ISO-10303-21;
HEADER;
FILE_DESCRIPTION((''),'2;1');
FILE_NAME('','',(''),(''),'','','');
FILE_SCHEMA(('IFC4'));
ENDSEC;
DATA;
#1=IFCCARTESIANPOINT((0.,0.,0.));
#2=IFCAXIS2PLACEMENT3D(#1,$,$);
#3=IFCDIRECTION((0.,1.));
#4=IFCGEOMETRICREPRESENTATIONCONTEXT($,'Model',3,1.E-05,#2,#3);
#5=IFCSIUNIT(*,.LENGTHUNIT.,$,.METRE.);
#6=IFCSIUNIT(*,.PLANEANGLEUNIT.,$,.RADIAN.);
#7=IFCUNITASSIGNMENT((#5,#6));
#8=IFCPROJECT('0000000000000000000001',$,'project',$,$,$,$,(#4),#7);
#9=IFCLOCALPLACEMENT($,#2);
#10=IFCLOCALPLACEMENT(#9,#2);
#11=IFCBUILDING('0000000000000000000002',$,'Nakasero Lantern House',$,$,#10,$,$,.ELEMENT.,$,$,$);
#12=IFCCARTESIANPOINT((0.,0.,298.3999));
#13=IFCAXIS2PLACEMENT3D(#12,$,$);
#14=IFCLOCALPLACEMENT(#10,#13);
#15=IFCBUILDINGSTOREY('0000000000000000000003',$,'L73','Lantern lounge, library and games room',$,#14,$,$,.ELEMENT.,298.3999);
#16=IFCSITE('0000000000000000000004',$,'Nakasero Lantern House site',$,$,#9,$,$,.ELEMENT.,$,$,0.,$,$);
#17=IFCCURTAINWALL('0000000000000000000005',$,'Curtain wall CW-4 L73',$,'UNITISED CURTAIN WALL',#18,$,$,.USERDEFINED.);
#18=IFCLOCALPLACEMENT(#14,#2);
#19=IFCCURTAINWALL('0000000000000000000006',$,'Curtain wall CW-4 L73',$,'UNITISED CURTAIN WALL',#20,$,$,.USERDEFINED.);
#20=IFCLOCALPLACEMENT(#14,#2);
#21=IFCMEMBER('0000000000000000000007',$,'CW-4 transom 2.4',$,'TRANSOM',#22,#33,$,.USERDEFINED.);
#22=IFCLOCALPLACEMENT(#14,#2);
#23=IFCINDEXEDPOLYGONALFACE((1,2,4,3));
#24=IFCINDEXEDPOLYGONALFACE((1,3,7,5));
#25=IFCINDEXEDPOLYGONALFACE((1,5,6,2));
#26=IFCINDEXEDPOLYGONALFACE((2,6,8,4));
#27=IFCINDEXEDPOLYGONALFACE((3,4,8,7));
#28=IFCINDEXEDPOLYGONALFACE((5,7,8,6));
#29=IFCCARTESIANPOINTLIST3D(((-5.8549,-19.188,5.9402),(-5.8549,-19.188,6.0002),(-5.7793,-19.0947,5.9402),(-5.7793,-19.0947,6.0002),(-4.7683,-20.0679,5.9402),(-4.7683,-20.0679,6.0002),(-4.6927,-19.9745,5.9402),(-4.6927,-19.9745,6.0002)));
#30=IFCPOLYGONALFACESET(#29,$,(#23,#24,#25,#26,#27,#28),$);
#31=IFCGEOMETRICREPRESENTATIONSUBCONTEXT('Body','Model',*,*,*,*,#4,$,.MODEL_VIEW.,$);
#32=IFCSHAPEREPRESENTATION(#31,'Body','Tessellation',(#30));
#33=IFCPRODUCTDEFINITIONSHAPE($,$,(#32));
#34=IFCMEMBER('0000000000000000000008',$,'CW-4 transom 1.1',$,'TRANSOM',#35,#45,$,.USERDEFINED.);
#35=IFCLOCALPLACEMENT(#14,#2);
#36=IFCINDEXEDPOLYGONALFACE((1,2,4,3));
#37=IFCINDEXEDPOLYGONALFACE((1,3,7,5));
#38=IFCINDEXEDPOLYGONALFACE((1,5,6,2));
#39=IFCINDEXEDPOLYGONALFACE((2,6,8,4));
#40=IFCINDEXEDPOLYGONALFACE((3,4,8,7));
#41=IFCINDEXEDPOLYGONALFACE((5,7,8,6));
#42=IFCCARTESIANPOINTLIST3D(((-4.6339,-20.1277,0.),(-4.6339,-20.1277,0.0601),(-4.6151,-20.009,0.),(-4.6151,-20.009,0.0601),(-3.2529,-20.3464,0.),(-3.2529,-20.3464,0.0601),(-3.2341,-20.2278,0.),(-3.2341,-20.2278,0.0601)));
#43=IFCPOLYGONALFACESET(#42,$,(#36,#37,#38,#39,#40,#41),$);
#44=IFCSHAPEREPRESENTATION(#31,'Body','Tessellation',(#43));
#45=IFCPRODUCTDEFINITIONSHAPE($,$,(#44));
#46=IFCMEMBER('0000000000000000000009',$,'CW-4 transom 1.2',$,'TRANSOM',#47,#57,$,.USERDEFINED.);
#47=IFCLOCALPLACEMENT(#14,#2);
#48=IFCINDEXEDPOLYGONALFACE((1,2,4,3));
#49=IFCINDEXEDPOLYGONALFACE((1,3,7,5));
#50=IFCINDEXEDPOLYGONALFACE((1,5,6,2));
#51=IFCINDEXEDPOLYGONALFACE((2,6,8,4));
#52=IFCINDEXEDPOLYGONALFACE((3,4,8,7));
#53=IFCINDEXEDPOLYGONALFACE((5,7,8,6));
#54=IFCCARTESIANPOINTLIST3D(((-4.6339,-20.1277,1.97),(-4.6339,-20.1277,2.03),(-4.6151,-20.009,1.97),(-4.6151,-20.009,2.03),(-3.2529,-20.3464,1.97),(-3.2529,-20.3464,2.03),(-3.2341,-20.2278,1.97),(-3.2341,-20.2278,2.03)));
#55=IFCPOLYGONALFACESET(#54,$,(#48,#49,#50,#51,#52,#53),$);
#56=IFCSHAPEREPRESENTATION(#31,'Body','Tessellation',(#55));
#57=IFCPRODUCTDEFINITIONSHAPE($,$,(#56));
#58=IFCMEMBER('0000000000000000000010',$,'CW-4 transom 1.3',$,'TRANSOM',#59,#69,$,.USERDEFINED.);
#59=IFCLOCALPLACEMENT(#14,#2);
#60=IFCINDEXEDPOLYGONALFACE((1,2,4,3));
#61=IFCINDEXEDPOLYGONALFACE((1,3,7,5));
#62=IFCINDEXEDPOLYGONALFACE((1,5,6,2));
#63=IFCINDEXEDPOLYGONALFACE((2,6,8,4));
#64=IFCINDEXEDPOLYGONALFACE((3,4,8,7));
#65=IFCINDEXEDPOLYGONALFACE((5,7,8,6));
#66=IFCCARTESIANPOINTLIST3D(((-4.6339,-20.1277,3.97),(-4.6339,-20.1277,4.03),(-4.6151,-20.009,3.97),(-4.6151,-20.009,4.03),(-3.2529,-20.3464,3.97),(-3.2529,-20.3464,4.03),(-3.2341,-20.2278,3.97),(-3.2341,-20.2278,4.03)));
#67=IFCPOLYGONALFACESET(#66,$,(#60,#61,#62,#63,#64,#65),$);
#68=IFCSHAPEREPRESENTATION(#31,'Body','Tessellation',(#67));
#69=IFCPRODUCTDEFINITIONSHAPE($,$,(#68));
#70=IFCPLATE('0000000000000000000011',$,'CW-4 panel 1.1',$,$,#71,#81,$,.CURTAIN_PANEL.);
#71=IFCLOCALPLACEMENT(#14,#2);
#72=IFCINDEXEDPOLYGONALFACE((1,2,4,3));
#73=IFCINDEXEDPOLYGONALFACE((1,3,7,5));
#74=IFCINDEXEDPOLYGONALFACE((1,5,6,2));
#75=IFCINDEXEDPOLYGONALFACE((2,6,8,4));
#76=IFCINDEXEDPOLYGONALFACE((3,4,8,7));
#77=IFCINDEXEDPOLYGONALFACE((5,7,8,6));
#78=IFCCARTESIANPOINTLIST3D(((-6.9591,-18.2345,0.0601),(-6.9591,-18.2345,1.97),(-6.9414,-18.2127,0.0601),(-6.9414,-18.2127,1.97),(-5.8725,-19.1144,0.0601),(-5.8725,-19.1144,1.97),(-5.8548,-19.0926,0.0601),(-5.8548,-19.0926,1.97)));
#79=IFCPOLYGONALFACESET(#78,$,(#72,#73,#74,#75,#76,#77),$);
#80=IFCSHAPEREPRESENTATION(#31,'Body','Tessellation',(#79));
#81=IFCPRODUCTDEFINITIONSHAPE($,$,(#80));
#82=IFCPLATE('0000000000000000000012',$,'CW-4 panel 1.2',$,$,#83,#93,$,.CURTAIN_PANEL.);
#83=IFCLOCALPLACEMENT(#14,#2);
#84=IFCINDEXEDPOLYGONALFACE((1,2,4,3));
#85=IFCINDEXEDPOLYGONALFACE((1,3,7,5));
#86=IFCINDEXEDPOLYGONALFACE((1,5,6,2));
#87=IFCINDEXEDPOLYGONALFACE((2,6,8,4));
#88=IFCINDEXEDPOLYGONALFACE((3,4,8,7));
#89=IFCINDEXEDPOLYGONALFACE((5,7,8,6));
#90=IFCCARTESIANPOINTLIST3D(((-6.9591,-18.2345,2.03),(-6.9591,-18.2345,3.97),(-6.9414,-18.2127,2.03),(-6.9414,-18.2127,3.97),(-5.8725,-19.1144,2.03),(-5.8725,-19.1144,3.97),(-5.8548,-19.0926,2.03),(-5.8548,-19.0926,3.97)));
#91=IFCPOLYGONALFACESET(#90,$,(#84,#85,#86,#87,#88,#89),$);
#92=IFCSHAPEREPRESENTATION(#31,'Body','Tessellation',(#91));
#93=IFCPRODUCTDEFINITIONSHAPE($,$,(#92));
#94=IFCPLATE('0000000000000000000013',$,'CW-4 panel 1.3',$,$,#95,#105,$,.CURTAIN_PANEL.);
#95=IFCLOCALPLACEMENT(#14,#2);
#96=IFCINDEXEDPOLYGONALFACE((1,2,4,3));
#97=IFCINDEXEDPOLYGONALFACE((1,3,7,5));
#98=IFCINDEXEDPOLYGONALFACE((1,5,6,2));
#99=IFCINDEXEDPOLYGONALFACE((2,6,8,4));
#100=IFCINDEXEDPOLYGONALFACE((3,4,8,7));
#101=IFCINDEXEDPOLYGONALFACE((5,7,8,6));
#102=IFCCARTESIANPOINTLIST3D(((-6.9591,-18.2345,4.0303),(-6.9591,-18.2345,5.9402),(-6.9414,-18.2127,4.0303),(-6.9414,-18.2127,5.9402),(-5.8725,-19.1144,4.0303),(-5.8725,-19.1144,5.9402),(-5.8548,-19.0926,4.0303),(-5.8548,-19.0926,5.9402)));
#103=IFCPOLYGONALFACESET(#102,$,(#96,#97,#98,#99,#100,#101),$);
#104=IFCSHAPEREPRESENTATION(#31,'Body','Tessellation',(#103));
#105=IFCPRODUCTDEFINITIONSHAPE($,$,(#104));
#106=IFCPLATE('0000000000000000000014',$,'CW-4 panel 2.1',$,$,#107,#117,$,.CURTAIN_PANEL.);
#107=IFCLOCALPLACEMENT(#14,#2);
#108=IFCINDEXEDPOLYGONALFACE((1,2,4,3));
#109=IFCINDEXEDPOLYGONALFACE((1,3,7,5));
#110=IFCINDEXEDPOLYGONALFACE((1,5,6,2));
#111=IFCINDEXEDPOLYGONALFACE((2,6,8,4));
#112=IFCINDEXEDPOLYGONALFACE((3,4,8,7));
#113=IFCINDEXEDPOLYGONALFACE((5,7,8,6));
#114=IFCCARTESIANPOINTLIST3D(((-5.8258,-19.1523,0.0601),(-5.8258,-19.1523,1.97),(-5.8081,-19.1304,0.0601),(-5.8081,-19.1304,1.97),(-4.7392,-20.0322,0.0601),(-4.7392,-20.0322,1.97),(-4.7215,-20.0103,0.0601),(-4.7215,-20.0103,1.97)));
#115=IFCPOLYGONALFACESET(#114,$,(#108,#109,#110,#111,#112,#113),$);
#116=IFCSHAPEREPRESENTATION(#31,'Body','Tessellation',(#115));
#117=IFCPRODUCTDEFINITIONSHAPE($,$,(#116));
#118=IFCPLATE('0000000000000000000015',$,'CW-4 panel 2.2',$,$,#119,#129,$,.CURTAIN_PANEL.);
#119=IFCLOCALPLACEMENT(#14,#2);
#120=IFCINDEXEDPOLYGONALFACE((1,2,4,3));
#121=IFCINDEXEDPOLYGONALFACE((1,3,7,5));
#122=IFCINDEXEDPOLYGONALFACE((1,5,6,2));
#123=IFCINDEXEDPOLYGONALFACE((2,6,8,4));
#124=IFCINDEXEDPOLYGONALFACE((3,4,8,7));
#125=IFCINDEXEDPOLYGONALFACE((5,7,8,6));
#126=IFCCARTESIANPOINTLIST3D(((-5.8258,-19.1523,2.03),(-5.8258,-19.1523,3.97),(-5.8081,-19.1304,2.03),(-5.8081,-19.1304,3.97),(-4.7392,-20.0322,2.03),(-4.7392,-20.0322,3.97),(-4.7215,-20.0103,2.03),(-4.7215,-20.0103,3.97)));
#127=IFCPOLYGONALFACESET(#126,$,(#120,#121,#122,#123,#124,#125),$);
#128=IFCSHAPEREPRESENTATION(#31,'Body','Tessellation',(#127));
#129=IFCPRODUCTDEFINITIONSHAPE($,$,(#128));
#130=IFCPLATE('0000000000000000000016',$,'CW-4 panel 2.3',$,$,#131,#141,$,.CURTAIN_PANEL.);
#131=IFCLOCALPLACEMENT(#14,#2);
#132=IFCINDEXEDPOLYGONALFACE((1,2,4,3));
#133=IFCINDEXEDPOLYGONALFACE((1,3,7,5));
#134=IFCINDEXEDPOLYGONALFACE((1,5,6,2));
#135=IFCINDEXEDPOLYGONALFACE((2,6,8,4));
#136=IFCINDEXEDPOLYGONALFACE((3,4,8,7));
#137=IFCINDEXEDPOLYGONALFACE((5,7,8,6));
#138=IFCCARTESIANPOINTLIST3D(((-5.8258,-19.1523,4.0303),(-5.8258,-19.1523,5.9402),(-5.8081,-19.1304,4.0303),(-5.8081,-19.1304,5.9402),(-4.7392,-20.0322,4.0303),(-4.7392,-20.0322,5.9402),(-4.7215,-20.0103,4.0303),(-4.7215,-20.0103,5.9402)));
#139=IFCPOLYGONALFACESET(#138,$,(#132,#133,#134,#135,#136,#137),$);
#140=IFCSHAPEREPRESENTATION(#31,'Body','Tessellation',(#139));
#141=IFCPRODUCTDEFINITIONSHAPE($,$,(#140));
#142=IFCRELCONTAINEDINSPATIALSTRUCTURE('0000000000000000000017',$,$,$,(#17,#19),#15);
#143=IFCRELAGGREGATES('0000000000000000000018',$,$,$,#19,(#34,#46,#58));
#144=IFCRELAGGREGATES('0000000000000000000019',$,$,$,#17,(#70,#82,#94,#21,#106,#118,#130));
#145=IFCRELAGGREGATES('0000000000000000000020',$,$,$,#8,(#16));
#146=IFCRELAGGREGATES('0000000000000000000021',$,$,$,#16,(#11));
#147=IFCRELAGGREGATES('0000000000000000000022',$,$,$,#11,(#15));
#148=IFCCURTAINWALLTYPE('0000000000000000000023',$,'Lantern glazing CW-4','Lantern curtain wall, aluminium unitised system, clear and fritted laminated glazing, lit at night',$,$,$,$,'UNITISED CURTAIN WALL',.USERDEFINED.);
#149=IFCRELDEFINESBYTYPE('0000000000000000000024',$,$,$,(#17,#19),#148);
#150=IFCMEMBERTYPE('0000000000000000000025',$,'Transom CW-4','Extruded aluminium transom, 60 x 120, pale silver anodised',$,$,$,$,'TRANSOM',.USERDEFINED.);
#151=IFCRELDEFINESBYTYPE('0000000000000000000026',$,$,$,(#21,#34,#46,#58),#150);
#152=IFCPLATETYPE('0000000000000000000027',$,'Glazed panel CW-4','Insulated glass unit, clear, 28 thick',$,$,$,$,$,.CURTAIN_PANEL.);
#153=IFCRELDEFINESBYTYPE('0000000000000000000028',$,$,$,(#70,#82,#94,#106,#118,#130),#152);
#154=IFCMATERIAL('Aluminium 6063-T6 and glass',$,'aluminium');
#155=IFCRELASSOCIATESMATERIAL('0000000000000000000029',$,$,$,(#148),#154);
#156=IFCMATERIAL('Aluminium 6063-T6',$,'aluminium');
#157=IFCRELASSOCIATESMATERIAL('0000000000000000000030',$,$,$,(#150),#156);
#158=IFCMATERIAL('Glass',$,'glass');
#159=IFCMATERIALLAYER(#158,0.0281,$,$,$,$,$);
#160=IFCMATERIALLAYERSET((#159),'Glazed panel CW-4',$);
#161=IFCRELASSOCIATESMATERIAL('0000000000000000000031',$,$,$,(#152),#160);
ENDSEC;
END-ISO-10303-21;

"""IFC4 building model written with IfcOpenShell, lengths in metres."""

from ifc_helpers import new_model, si_unit, direction, frame, origin, origin_2d, place, context, subcontext, project, spatial, rectangle, extrude, material, layer, layer_set, material_profile, profile_set, type_object, element, aggregate, save


model = new_model("IFC4")

# Units and contexts
model_context = context("Model", 3, precision=1e-05, world=origin(), true_north=direction((0.0, 1.0)))
body_context = subcontext(model_context, "Body", "Model", "MODEL_VIEW")
ifc_project = project(units=[si_unit("LENGTHUNIT", "METRE"), si_unit("PLANEANGLEUNIT", "RADIAN")], contexts=[model_context])

# Site, building, storey
site_placement = place(None, origin())
site = spatial("IfcSite", under=ifc_project, at=site_placement, Name="Nakasero Lantern House site", CompositionType="ELEMENT", RefElevation=0.0)
building_placement = place(site_placement, origin())
building = spatial("IfcBuilding", under=site, at=building_placement, Name="Nakasero Lantern House", CompositionType="ELEMENT")
storey_placement = place(building_placement, frame((0.0, 0.0, 298.3999)))
storey = spatial("IfcBuildingStorey", under=building, at=storey_placement, Name="L73", Description="Lantern lounge, library and games room", CompositionType="ELEMENT", Elevation=298.3999)

# Shared definitions
ifc_material_1 = material(Name="Aluminium 6063-T6 and glass", Category="aluminium")
curtain_wall_type = type_object("IfcCurtainWallType", Name="Lantern glazing CW-4", Description="Lantern curtain wall, aluminium unitised system, clear and fritted laminated glazing, lit at night", ElementType="UNITISED CURTAIN WALL", PredefinedType="USERDEFINED", material=ifc_material_1)

# Curtain wall
curtain_wall_1_placement = place(storey_placement, origin())
curtain_wall_1 = element("IfcCurtainWall", 1, at=curtain_wall_1_placement, inside=storey, type_object=curtain_wall_type, Name="Curtain wall CW-4 L73", ObjectType="UNITISED CURTAIN WALL", PredefinedType="USERDEFINED")

# Curtain wall
curtain_wall_2_placement = place(storey_placement, origin())
curtain_wall_2 = element("IfcCurtainWall", 2, at=curtain_wall_2_placement, inside=storey, type_object=curtain_wall_type, Name="Curtain wall CW-4 L73", ObjectType="UNITISED CURTAIN WALL", PredefinedType="USERDEFINED")

# Members
ifc_material_2 = material(Name="Aluminium 6063-T6", Category="aluminium")
ifc_material_profile_1 = material_profile(ifc_material_2, rectangle(XDim=0.0601, YDim=0.1201, at=origin_2d()), Name="CW-4 transom 60x120")
ifc_profile_set_1 = profile_set([ifc_material_profile_1], Name="Aluminium 6063-T6")
member_type_1 = type_object("IfcMemberType", Name="Transom CW-4", Description="Extruded aluminium transom, 60 x 120, pale silver anodised", ElementType="TRANSOM", PredefinedType="USERDEFINED", material=ifc_profile_set_1)
member_1_placement = place(storey_placement, frame((-5.8171, -19.1414, 5.9702), z_axis=(0.777176, -0.629284, 0.0), x_axis=(0.0, 0.0, 1.0)))
member_1 = element("IfcMember", 3, at=member_1_placement, type_object=member_type_1, Name="CW-4 transom 2.4", ObjectType="TRANSOM", PredefinedType="USERDEFINED", context=body_context, shape_type="SweptSolid", body=[
    extrude(rectangle(XDim=0.0601, YDim=0.1201, at=origin_2d()), origin(), (0.0, 0.0, 1.0), 1.3982),
])
member_2_placement = place(storey_placement, frame((-4.6245, -20.0684, 0.03), z_axis=(0.987684, -0.156465, 0.0), x_axis=(0.0, 0.0, 1.0)))
member_2 = element("IfcMember", 4, at=member_2_placement, type_object=member_type_1, Name="CW-4 transom 1.1", ObjectType="TRANSOM", PredefinedType="USERDEFINED", context=body_context, shape_type="SweptSolid", body=[
    extrude(rectangle(XDim=0.0601, YDim=0.1201, at=origin_2d()), origin(), (0.0, 0.0, 1.0), 1.3982),
])
member_3_placement = place(storey_placement, frame((-4.6245, -20.0684, 2.0), z_axis=(0.987684, -0.156465, 0.0), x_axis=(0.0, 0.0, 1.0)))
member_3 = element("IfcMember", 5, at=member_3_placement, type_object=member_type_1, Name="CW-4 transom 1.2", ObjectType="TRANSOM", PredefinedType="USERDEFINED", context=body_context, shape_type="SweptSolid", body=[
    extrude(rectangle(XDim=0.0601, YDim=0.1201, at=origin_2d()), origin(), (0.0, 0.0, 1.0), 1.3982),
])
member_4_placement = place(storey_placement, frame((-4.6245, -20.0684, 4.0), z_axis=(0.987684, -0.156465, 0.0), x_axis=(0.0, 0.0, 1.0)))
member_4 = element("IfcMember", 6, at=member_4_placement, type_object=member_type_1, Name="CW-4 transom 1.3", ObjectType="TRANSOM", PredefinedType="USERDEFINED", context=body_context, shape_type="SweptSolid", body=[
    extrude(rectangle(XDim=0.0601, YDim=0.1201, at=origin_2d()), origin(), (0.0, 0.0, 1.0), 1.3982),
])
aggregate(curtain_wall_2, [member_2, member_3, member_4])

# Plates
ifc_material_3 = material(Name="Glass", Category="glass")
ifc_layer = layer(ifc_material_3, 0.0281)
ifc_layer_set = layer_set([ifc_layer], Name="Glazed panel CW-4")
plate_type = type_object("IfcPlateType", Name="Glazed panel CW-4", Description="Insulated glass unit, clear, 28 thick", PredefinedType="CURTAIN_PANEL", material=ifc_layer_set)
plate_1_placement = place(storey_placement, frame((-6.407, -18.6636, 0.0601), z_axis=(0.0, 0.0, 1.0), x_axis=(0.777146, -0.62932, 0.0)))
plate_1 = element("IfcPlate", 7, at=plate_1_placement, type_object=plate_type, Name="CW-4 panel 1.1", PredefinedType="CURTAIN_PANEL", context=body_context, shape_type="SweptSolid", body=[
    extrude(rectangle(XDim=1.3982, YDim=0.0281, at=origin_2d()), origin(), (0.0, 0.0, 1.0), 1.9099),
])
plate_2_placement = place(storey_placement, frame((-6.407, -18.6636, 2.03), z_axis=(0.0, 0.0, 1.0), x_axis=(0.777146, -0.62932, 0.0)))
plate_2 = element("IfcPlate", 8, at=plate_2_placement, type_object=plate_type, Name="CW-4 panel 1.2", PredefinedType="CURTAIN_PANEL", context=body_context, shape_type="SweptSolid", body=[
    extrude(rectangle(XDim=1.3982, YDim=0.0281, at=origin_2d()), origin(), (0.0, 0.0, 1.0), 1.9399),
])
plate_3_placement = place(storey_placement, frame((-6.407, -18.6636, 4.0303), z_axis=(0.0, 0.0, 1.0), x_axis=(0.777146, -0.62932, 0.0)))
plate_3 = element("IfcPlate", 9, at=plate_3_placement, type_object=plate_type, Name="CW-4 panel 1.3", PredefinedType="CURTAIN_PANEL", context=body_context, shape_type="SweptSolid", body=[
    extrude(rectangle(XDim=1.3982, YDim=0.0281, at=origin_2d()), origin(), (0.0, 0.0, 1.0), 1.9099),
])
plate_4_placement = place(storey_placement, frame((-5.2737, -19.5813, 0.0601), z_axis=(0.0, 0.0, 1.0), x_axis=(0.777146, -0.62932, 0.0)))
plate_4 = element("IfcPlate", 10, at=plate_4_placement, type_object=plate_type, Name="CW-4 panel 2.1", PredefinedType="CURTAIN_PANEL", context=body_context, shape_type="SweptSolid", body=[
    extrude(rectangle(XDim=1.3982, YDim=0.0281, at=origin_2d()), origin(), (0.0, 0.0, 1.0), 1.9099),
])
plate_5_placement = place(storey_placement, frame((-5.2737, -19.5813, 2.03), z_axis=(0.0, 0.0, 1.0), x_axis=(0.777146, -0.62932, 0.0)))
plate_5 = element("IfcPlate", 11, at=plate_5_placement, type_object=plate_type, Name="CW-4 panel 2.2", PredefinedType="CURTAIN_PANEL", context=body_context, shape_type="SweptSolid", body=[
    extrude(rectangle(XDim=1.3982, YDim=0.0281, at=origin_2d()), origin(), (0.0, 0.0, 1.0), 1.9399),
])
plate_6_placement = place(storey_placement, frame((-5.2737, -19.5813, 4.0303), z_axis=(0.0, 0.0, 1.0), x_axis=(0.777146, -0.62932, 0.0)))
plate_6 = element("IfcPlate", 12, at=plate_6_placement, type_object=plate_type, Name="CW-4 panel 2.3", PredefinedType="CURTAIN_PANEL", context=body_context, shape_type="SweptSolid", body=[
    extrude(rectangle(XDim=1.3982, YDim=0.0281, at=origin_2d()), origin(), (0.0, 0.0, 1.0), 1.9099),
])
aggregate(curtain_wall_1, [plate_1, plate_2, plate_3, member_1, plate_4, plate_5, plate_6])

save(model, "model.ifc")
